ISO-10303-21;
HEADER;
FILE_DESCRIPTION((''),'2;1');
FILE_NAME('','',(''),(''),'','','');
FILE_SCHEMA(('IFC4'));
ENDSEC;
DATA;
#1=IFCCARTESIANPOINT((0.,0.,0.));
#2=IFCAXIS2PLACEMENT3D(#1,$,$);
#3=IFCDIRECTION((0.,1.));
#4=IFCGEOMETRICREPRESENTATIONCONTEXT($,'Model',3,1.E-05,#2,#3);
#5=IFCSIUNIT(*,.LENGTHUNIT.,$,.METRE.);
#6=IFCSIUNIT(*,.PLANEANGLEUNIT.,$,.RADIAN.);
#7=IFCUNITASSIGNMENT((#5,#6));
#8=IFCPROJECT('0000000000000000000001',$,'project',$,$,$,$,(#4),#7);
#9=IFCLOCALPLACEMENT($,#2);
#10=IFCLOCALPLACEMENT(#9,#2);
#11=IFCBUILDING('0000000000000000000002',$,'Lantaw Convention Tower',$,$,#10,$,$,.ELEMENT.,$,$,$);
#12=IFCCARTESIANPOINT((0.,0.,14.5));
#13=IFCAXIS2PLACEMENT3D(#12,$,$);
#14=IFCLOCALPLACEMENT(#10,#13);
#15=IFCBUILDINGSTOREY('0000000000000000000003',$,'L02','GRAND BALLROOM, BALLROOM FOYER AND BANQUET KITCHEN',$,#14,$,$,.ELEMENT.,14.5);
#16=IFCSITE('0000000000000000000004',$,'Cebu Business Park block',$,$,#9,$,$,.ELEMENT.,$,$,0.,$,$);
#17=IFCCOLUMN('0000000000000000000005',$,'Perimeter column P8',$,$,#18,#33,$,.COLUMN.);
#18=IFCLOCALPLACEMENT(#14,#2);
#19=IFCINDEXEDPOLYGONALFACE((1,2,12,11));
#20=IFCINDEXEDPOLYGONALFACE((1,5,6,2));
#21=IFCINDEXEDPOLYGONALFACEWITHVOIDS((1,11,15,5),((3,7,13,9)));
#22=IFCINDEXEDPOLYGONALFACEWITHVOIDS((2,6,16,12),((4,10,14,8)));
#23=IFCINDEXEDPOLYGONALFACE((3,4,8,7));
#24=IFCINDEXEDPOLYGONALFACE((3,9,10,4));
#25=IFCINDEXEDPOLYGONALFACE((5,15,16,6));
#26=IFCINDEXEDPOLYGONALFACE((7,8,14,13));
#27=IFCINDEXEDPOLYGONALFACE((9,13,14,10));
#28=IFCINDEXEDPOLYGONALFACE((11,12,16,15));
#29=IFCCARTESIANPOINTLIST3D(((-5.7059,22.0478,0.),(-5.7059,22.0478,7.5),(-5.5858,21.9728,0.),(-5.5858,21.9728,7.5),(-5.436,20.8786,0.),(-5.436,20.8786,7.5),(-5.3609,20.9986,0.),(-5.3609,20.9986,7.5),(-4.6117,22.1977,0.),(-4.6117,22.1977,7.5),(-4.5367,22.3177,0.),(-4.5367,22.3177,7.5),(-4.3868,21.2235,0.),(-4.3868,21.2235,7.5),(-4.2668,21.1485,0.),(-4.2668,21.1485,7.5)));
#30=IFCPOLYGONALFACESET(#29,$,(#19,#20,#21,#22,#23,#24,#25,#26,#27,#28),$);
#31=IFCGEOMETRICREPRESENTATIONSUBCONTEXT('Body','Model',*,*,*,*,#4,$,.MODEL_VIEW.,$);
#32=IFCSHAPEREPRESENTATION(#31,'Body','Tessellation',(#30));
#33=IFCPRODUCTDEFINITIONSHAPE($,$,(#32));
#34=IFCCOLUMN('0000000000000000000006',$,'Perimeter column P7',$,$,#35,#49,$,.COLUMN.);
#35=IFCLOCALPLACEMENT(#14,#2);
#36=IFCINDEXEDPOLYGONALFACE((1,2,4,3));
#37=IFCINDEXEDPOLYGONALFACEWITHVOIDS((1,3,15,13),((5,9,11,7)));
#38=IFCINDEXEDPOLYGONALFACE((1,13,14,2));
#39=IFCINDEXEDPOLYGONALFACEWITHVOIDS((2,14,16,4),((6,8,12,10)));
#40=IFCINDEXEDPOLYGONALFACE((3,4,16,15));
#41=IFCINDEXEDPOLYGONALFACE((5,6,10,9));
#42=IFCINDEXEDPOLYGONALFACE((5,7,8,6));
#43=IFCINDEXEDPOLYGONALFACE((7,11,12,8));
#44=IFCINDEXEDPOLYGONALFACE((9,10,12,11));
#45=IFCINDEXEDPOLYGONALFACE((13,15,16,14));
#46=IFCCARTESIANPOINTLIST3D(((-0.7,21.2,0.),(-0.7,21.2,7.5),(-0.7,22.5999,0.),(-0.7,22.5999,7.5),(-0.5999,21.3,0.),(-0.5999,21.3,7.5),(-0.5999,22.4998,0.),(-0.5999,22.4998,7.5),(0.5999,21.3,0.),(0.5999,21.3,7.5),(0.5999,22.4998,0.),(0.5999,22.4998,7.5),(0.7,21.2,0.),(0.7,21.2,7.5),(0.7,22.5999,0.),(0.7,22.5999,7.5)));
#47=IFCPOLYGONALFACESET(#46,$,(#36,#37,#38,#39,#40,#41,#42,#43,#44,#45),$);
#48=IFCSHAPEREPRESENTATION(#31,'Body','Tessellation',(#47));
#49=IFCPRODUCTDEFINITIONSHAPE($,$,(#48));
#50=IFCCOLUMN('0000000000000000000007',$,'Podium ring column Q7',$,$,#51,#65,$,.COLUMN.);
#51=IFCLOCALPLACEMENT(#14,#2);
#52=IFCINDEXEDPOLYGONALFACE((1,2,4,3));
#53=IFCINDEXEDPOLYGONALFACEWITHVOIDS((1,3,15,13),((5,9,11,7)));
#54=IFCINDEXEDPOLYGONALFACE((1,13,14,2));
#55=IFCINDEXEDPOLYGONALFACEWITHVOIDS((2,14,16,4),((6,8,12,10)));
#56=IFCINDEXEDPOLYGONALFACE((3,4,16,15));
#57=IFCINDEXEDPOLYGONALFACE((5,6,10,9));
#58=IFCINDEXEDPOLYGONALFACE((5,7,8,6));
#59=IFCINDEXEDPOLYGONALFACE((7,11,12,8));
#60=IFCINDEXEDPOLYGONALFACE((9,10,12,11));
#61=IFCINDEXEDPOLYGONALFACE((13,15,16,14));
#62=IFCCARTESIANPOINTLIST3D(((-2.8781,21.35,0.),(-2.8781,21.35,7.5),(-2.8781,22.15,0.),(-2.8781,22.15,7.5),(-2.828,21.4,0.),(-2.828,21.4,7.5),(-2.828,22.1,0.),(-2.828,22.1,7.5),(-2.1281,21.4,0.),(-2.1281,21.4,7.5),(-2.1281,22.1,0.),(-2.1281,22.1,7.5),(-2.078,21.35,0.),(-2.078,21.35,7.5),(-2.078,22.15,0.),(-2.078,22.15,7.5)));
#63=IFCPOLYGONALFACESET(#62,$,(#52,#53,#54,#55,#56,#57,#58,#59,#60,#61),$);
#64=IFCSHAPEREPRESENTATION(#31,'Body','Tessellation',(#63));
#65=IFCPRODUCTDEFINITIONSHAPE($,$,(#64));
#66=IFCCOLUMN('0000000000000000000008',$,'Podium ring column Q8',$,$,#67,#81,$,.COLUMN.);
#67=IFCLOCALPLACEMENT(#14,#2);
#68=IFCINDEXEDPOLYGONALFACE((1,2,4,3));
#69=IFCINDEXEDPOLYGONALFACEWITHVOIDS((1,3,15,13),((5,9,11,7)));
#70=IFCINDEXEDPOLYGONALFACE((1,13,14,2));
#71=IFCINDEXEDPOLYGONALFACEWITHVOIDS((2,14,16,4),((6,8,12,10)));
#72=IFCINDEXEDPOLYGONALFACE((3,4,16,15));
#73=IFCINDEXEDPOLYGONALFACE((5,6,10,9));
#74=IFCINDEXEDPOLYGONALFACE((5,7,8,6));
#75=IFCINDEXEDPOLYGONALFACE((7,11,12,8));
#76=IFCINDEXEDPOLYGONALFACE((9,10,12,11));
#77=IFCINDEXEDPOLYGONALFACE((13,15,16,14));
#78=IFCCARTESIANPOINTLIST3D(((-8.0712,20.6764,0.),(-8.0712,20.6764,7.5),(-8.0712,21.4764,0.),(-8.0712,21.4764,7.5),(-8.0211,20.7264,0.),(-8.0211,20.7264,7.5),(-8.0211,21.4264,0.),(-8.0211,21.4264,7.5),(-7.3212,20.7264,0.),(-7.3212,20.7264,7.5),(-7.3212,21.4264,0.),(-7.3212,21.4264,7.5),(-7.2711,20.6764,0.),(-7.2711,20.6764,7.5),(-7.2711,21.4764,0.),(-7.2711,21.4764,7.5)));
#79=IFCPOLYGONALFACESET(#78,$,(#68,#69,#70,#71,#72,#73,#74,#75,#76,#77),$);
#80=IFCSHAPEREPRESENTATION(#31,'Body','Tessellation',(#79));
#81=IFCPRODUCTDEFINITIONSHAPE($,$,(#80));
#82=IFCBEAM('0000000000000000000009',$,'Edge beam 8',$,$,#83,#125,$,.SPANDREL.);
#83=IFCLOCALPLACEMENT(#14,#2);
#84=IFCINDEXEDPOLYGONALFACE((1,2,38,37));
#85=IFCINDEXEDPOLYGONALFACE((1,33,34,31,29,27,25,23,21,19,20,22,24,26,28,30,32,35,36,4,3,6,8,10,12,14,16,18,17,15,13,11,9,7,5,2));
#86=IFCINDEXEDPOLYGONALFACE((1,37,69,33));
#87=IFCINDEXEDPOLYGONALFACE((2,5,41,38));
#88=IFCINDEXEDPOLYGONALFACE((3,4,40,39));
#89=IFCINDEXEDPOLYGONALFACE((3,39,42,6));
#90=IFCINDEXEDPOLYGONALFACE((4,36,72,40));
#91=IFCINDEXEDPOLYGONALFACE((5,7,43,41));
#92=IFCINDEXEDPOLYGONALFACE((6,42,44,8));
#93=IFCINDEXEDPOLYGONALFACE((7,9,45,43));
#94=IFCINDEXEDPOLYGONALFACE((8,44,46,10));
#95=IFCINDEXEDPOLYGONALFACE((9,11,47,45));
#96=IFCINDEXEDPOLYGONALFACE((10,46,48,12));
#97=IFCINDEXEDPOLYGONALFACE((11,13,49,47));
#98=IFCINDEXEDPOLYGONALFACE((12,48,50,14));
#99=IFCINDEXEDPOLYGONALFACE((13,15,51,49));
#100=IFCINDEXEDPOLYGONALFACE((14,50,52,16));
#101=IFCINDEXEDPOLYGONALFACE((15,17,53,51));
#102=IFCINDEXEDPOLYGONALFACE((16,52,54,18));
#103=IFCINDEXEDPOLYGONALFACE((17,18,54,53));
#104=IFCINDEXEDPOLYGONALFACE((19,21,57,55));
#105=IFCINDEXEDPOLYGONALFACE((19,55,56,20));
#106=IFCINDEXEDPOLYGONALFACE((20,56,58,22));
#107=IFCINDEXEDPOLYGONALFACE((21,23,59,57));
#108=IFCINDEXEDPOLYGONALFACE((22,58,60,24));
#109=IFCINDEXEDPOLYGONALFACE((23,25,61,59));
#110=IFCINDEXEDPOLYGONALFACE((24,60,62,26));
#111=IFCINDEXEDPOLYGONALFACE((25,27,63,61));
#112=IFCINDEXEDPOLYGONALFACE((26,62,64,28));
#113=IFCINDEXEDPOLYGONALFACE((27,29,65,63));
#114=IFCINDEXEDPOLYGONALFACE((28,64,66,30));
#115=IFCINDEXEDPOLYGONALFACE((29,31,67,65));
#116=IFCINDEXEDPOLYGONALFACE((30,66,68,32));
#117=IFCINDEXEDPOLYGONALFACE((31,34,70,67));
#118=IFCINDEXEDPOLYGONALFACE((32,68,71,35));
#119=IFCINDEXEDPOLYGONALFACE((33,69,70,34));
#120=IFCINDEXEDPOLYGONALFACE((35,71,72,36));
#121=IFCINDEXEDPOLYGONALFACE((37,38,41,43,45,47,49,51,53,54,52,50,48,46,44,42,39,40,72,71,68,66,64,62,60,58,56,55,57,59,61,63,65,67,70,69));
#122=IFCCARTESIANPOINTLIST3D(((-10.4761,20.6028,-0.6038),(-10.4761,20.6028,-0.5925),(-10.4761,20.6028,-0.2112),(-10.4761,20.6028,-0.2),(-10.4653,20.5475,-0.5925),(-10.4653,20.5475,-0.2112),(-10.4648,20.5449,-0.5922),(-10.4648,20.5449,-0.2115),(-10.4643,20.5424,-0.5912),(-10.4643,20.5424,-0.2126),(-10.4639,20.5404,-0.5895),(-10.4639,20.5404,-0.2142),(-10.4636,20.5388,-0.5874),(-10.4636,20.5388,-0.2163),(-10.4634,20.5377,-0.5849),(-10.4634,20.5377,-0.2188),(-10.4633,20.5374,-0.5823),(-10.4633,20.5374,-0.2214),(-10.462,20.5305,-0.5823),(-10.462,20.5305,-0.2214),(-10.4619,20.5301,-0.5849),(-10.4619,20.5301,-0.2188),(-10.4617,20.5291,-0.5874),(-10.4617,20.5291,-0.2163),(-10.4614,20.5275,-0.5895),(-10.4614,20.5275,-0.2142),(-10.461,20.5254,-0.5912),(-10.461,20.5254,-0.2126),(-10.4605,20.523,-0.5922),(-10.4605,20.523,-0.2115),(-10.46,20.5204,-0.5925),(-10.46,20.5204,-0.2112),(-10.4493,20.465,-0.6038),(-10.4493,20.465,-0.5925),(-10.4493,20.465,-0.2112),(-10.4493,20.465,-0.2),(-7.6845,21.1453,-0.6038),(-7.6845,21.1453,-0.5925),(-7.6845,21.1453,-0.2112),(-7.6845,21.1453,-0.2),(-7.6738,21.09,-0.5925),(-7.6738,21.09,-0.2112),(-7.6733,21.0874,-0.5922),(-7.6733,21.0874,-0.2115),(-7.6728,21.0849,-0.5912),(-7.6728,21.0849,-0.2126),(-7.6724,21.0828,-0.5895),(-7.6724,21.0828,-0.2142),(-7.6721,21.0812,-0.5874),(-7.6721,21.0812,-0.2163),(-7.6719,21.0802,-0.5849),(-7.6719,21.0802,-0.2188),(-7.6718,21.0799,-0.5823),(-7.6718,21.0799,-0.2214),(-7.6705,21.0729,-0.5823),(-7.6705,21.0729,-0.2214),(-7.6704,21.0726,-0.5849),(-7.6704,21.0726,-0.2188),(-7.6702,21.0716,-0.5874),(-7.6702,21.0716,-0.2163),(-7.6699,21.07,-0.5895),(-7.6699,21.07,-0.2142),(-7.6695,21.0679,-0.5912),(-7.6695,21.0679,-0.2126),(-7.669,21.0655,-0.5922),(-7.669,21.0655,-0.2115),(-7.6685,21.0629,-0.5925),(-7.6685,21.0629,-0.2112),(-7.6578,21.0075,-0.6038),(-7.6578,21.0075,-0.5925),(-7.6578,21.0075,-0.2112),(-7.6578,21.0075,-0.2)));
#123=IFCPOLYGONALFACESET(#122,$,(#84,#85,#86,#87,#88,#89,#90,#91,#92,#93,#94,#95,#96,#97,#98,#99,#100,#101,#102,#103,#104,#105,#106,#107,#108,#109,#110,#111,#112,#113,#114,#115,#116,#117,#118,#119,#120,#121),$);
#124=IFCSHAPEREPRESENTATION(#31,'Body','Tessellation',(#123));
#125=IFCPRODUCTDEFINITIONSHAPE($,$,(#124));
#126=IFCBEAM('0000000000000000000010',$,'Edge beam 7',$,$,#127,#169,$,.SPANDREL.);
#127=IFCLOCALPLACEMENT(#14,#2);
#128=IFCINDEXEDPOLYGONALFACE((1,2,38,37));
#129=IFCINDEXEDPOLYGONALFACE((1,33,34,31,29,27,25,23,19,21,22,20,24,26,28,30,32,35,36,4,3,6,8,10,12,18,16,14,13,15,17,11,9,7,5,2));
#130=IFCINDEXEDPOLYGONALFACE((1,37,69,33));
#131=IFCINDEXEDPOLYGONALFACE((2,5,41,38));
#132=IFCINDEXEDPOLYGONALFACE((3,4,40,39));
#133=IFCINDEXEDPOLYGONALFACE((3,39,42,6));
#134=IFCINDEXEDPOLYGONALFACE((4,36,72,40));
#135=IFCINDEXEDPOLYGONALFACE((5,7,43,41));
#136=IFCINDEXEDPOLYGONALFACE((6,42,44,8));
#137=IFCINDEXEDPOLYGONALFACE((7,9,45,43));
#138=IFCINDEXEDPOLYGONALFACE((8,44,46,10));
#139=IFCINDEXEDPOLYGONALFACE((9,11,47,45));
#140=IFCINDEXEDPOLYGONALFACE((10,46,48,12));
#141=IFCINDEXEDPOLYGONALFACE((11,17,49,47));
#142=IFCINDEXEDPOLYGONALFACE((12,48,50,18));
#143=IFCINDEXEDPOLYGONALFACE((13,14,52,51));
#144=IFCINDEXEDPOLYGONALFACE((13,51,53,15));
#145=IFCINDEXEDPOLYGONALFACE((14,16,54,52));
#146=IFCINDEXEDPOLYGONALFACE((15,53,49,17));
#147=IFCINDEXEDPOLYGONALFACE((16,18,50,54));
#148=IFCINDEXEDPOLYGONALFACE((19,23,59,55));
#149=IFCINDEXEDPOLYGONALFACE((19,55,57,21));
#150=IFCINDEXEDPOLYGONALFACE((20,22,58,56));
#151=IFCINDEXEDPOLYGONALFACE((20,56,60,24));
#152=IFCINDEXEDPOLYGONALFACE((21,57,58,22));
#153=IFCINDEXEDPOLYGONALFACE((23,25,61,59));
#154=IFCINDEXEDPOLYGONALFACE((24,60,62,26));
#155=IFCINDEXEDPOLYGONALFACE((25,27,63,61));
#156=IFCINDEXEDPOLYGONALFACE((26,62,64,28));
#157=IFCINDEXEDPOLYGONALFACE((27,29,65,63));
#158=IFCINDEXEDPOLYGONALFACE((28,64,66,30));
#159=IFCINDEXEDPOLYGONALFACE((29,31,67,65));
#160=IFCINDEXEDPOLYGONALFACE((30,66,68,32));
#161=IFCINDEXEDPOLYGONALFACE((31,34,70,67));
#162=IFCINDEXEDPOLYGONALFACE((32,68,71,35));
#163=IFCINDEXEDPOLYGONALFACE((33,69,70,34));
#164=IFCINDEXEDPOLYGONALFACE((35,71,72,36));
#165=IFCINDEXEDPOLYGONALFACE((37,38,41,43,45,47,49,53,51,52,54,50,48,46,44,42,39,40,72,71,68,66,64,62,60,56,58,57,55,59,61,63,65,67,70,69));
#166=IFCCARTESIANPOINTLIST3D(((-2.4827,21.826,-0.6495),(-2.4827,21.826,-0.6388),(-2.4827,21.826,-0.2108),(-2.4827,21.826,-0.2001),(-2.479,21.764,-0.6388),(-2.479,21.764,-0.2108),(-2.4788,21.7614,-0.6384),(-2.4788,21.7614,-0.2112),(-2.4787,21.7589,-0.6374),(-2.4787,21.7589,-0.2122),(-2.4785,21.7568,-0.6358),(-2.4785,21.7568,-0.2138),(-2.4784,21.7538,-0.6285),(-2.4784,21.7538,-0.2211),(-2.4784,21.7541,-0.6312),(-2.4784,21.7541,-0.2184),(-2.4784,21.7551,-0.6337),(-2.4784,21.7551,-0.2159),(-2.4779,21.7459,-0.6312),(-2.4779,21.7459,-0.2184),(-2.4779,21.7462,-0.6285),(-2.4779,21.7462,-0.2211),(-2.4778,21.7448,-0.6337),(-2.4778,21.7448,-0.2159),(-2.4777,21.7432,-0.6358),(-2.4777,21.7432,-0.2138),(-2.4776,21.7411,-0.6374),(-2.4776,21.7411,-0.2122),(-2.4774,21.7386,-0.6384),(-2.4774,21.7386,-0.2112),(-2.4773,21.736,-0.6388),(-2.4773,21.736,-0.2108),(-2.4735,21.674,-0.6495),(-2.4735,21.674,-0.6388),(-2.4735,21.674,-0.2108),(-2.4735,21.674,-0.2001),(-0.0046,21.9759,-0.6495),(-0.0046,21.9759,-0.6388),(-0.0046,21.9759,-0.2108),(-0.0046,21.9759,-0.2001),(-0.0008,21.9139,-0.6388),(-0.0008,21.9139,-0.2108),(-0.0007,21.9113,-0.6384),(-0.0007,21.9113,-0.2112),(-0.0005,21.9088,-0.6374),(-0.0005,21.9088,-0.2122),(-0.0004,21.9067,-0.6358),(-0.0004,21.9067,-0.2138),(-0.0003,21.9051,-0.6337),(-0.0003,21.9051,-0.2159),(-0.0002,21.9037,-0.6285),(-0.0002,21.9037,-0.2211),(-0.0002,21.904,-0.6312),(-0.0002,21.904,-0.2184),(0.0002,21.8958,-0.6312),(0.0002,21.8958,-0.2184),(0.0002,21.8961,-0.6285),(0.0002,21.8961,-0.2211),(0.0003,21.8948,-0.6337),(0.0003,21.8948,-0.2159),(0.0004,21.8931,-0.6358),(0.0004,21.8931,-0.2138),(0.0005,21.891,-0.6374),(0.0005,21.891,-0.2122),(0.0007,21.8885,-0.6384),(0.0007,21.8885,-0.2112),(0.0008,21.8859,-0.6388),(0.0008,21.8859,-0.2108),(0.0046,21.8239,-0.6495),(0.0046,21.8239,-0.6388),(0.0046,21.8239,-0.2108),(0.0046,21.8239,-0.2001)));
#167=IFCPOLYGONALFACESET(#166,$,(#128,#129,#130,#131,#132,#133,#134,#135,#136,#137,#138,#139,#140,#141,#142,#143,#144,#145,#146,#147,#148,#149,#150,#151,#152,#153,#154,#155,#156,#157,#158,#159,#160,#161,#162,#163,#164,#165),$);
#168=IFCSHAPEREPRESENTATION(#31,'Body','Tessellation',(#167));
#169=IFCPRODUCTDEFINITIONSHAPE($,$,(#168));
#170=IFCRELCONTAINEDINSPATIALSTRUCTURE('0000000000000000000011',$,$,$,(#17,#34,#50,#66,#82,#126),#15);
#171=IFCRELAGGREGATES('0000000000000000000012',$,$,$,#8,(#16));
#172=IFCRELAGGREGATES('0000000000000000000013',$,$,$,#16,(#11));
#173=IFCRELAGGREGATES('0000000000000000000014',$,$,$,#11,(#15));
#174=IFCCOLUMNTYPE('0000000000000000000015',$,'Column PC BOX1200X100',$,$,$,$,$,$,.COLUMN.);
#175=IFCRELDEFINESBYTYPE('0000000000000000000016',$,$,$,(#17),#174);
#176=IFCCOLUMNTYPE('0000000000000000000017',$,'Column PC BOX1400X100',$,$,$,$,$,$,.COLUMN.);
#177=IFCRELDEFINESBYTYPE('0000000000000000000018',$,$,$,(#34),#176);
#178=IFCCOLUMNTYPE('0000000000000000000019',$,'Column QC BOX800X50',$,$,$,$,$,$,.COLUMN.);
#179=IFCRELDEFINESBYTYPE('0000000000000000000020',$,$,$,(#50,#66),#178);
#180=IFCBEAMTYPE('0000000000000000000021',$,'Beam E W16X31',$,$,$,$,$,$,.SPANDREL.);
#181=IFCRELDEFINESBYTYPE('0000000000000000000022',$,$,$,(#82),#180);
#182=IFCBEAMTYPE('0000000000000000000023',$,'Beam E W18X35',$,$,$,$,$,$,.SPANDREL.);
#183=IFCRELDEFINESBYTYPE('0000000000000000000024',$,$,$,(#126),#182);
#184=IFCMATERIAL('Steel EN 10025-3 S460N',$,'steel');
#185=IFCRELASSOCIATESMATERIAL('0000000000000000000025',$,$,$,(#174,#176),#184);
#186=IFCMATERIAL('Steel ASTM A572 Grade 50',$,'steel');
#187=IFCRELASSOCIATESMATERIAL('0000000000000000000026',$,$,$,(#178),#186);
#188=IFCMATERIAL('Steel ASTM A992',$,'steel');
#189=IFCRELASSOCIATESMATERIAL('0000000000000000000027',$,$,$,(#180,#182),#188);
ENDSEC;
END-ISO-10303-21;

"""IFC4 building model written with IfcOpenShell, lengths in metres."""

from ifc_helpers import new_model, si_unit, direction, frame, origin, origin_2d, place, context, subcontext, project, spatial, rectangle, hollow_rectangle, i_section, extrude, material, material_profile, profile_set, type_object, element, save


model = new_model("IFC4")

# Units and contexts
model_context = context("Model", 3, precision=1e-05, world=origin(), true_north=direction((0.0, 1.0)))
body_context = subcontext(model_context, "Body", "Model", "MODEL_VIEW")
ifc_project = project(units=[si_unit("LENGTHUNIT", "METRE"), si_unit("PLANEANGLEUNIT", "RADIAN")], contexts=[model_context])

# Site, building, storey
site_placement = place(None, origin())
site = spatial("IfcSite", under=ifc_project, at=site_placement, Name="Cebu Business Park block", CompositionType="ELEMENT", RefElevation=0.0)
building_placement = place(site_placement, origin())
building = spatial("IfcBuilding", under=site, at=building_placement, Name="Lantaw Convention Tower", CompositionType="ELEMENT")
storey_placement = place(building_placement, frame((0.0, 0.0, 14.5)))
storey = spatial("IfcBuildingStorey", under=building, at=storey_placement, Name="L02", Description="GRAND BALLROOM, BALLROOM FOYER AND BANQUET KITCHEN", CompositionType="ELEMENT", Elevation=14.5)

# Columns
ifc_material_1 = material(Name="Steel EN 10025-3 S460N", Category="steel")
ifc_material_profile_1 = material_profile(ifc_material_1, hollow_rectangle(XDim=1.2, YDim=1.2, WallThickness=0.1001, at=origin_2d()), Name="BOX1200X100")
ifc_material_2 = material(Name="Concrete C60/75", Category="concrete")
ifc_material_profile_2 = material_profile(ifc_material_2, rectangle(XDim=1.0, YDim=1.0, at=origin_2d()), Name="Concrete fill of BOX1200X100")
ifc_profile_set_1 = profile_set([ifc_material_profile_1, ifc_material_profile_2], Name="Steel EN 10025-3 S460N")
column_type_1 = type_object("IfcColumnType", Name="Column PC BOX1200X100", PredefinedType="COLUMN", material=ifc_profile_set_1)
column_1_placement = place(storey_placement, frame((-4.9863, 21.5981, 0.0), z_axis=(0.0, 0.0, 1.0), x_axis=(0.97437, 0.224951, 0.0)))
element("IfcColumn", 1, at=column_1_placement, inside=storey, type_object=column_type_1, Name="Perimeter column P8", PredefinedType="COLUMN", context=body_context, shape_type="SweptSolid", body=[
    extrude(hollow_rectangle(XDim=1.2, YDim=1.2, WallThickness=0.1001, at=origin_2d()), origin(), (0.0, 0.0, 1.0), 7.5),
])
ifc_material_profile_3 = material_profile(ifc_material_1, hollow_rectangle(XDim=1.3999, YDim=1.3999, WallThickness=0.1001, at=origin_2d()), Name="BOX1400X100")
ifc_material_profile_4 = material_profile(ifc_material_2, rectangle(XDim=1.2, YDim=1.2, at=origin_2d()), Name="Concrete fill of BOX1400X100")
ifc_profile_set_2 = profile_set([ifc_material_profile_3, ifc_material_profile_4], Name="Steel EN 10025-3 S460N")
column_type_2 = type_object("IfcColumnType", Name="Column PC BOX1400X100", PredefinedType="COLUMN", material=ifc_profile_set_2)
column_2_placement = place(storey_placement, frame((0.0, 21.8999, 0.0), z_axis=(0.0, 0.0, 1.0), x_axis=(1.0, 0.0, 0.0)))
element("IfcColumn", 2, at=column_2_placement, inside=storey, type_object=column_type_2, Name="Perimeter column P7", PredefinedType="COLUMN", context=body_context, shape_type="SweptSolid", body=[
    extrude(hollow_rectangle(XDim=1.3999, YDim=1.3999, WallThickness=0.1001, at=origin_2d()), origin(), (0.0, 0.0, 1.0), 7.5),
])
ifc_material_3 = material(Name="Steel ASTM A572 Grade 50", Category="steel")
ifc_material_profile_5 = material_profile(ifc_material_3, hollow_rectangle(XDim=0.8, YDim=0.8, WallThickness=0.05, at=origin_2d()), Name="BOX800X50")
ifc_profile_set_3 = profile_set([ifc_material_profile_5], Name="Steel ASTM A572 Grade 50")
column_type_3 = type_object("IfcColumnType", Name="Column QC BOX800X50", PredefinedType="COLUMN", material=ifc_profile_set_3)
for number, where, z_axis, x_axis, name in (
    (3, (-2.478, 21.75, 0.0), (0.0, 0.0, 1.0), (1.0, 0.0, 0.0), "Podium ring column Q7"),
    (4, (-7.6711, 21.0764, 0.0), (0.0, 0.0, 1.0), (1.0, 0.0, 0.0), "Podium ring column Q8"),
):
    element("IfcColumn", number, at=place(storey_placement, frame(where, z_axis=z_axis, x_axis=x_axis)), inside=storey, type_object=column_type_3, Name=name, PredefinedType="COLUMN", context=body_context, shape_type="SweptSolid", body=[
        extrude(hollow_rectangle(XDim=0.8, YDim=0.8, WallThickness=0.05, at=origin_2d()), origin(), (0.0, 0.0, 1.0), 7.5),
    ])

# Beams
ifc_material_4 = material(Name="Steel ASTM A992", Category="steel")
ifc_material_profile_6 = material_profile(ifc_material_4, i_section(OverallWidth=0.1404, OverallDepth=0.4038, WebThickness=0.0071, FlangeThickness=0.0112, FilletRadius=0.0103, at=origin_2d()), Name="W16X31")
ifc_profile_set_4 = profile_set([ifc_material_profile_6], Name="Steel ASTM A992")
beam_type_1 = type_object("IfcBeamType", Name="Beam E W16X31", PredefinedType="SPANDREL", material=ifc_profile_set_4)
beam_1_placement = place(storey_placement, frame((-7.6711, 21.0764, -0.4019), z_axis=(-0.981636, -0.190764, 0.0), x_axis=(0.190764, -0.981636, 0.0)))
element("IfcBeam", 5, at=beam_1_placement, inside=storey, type_object=beam_type_1, Name="Edge beam 8", PredefinedType="SPANDREL", context=body_context, shape_type="SweptSolid", body=[
    extrude(i_section(OverallWidth=0.1404, OverallDepth=0.4038, WebThickness=0.0071, FlangeThickness=0.0112, FilletRadius=0.0103, at=origin_2d()), origin(), (0.0, 0.0, 1.0), 2.8438),
])
ifc_material_profile_7 = material_profile(ifc_material_4, i_section(OverallWidth=0.1523, OverallDepth=0.4495, WebThickness=0.0076, FlangeThickness=0.0107, FilletRadius=0.0103, at=origin_2d()), Name="W18X35")
ifc_profile_set_5 = profile_set([ifc_material_profile_7], Name="Steel ASTM A992")
beam_type_2 = type_object("IfcBeamType", Name="Beam E W18X35", PredefinedType="SPANDREL", material=ifc_profile_set_5)
beam_2_placement = place(storey_placement, frame((0.0, 21.8999, -0.4248), z_axis=(-0.998175, -0.060382, 0.0), x_axis=(0.060382, -0.998175, 0.0)))
element("IfcBeam", 6, at=beam_2_placement, inside=storey, type_object=beam_type_2, Name="Edge beam 7", PredefinedType="SPANDREL", context=body_context, shape_type="SweptSolid", body=[
    extrude(i_section(OverallWidth=0.1523, OverallDepth=0.4495, WebThickness=0.0076, FlangeThickness=0.0107, FilletRadius=0.0103, at=origin_2d()), origin(), (0.0, 0.0, 1.0), 2.4827),
])

save(model, "model.ifc")
